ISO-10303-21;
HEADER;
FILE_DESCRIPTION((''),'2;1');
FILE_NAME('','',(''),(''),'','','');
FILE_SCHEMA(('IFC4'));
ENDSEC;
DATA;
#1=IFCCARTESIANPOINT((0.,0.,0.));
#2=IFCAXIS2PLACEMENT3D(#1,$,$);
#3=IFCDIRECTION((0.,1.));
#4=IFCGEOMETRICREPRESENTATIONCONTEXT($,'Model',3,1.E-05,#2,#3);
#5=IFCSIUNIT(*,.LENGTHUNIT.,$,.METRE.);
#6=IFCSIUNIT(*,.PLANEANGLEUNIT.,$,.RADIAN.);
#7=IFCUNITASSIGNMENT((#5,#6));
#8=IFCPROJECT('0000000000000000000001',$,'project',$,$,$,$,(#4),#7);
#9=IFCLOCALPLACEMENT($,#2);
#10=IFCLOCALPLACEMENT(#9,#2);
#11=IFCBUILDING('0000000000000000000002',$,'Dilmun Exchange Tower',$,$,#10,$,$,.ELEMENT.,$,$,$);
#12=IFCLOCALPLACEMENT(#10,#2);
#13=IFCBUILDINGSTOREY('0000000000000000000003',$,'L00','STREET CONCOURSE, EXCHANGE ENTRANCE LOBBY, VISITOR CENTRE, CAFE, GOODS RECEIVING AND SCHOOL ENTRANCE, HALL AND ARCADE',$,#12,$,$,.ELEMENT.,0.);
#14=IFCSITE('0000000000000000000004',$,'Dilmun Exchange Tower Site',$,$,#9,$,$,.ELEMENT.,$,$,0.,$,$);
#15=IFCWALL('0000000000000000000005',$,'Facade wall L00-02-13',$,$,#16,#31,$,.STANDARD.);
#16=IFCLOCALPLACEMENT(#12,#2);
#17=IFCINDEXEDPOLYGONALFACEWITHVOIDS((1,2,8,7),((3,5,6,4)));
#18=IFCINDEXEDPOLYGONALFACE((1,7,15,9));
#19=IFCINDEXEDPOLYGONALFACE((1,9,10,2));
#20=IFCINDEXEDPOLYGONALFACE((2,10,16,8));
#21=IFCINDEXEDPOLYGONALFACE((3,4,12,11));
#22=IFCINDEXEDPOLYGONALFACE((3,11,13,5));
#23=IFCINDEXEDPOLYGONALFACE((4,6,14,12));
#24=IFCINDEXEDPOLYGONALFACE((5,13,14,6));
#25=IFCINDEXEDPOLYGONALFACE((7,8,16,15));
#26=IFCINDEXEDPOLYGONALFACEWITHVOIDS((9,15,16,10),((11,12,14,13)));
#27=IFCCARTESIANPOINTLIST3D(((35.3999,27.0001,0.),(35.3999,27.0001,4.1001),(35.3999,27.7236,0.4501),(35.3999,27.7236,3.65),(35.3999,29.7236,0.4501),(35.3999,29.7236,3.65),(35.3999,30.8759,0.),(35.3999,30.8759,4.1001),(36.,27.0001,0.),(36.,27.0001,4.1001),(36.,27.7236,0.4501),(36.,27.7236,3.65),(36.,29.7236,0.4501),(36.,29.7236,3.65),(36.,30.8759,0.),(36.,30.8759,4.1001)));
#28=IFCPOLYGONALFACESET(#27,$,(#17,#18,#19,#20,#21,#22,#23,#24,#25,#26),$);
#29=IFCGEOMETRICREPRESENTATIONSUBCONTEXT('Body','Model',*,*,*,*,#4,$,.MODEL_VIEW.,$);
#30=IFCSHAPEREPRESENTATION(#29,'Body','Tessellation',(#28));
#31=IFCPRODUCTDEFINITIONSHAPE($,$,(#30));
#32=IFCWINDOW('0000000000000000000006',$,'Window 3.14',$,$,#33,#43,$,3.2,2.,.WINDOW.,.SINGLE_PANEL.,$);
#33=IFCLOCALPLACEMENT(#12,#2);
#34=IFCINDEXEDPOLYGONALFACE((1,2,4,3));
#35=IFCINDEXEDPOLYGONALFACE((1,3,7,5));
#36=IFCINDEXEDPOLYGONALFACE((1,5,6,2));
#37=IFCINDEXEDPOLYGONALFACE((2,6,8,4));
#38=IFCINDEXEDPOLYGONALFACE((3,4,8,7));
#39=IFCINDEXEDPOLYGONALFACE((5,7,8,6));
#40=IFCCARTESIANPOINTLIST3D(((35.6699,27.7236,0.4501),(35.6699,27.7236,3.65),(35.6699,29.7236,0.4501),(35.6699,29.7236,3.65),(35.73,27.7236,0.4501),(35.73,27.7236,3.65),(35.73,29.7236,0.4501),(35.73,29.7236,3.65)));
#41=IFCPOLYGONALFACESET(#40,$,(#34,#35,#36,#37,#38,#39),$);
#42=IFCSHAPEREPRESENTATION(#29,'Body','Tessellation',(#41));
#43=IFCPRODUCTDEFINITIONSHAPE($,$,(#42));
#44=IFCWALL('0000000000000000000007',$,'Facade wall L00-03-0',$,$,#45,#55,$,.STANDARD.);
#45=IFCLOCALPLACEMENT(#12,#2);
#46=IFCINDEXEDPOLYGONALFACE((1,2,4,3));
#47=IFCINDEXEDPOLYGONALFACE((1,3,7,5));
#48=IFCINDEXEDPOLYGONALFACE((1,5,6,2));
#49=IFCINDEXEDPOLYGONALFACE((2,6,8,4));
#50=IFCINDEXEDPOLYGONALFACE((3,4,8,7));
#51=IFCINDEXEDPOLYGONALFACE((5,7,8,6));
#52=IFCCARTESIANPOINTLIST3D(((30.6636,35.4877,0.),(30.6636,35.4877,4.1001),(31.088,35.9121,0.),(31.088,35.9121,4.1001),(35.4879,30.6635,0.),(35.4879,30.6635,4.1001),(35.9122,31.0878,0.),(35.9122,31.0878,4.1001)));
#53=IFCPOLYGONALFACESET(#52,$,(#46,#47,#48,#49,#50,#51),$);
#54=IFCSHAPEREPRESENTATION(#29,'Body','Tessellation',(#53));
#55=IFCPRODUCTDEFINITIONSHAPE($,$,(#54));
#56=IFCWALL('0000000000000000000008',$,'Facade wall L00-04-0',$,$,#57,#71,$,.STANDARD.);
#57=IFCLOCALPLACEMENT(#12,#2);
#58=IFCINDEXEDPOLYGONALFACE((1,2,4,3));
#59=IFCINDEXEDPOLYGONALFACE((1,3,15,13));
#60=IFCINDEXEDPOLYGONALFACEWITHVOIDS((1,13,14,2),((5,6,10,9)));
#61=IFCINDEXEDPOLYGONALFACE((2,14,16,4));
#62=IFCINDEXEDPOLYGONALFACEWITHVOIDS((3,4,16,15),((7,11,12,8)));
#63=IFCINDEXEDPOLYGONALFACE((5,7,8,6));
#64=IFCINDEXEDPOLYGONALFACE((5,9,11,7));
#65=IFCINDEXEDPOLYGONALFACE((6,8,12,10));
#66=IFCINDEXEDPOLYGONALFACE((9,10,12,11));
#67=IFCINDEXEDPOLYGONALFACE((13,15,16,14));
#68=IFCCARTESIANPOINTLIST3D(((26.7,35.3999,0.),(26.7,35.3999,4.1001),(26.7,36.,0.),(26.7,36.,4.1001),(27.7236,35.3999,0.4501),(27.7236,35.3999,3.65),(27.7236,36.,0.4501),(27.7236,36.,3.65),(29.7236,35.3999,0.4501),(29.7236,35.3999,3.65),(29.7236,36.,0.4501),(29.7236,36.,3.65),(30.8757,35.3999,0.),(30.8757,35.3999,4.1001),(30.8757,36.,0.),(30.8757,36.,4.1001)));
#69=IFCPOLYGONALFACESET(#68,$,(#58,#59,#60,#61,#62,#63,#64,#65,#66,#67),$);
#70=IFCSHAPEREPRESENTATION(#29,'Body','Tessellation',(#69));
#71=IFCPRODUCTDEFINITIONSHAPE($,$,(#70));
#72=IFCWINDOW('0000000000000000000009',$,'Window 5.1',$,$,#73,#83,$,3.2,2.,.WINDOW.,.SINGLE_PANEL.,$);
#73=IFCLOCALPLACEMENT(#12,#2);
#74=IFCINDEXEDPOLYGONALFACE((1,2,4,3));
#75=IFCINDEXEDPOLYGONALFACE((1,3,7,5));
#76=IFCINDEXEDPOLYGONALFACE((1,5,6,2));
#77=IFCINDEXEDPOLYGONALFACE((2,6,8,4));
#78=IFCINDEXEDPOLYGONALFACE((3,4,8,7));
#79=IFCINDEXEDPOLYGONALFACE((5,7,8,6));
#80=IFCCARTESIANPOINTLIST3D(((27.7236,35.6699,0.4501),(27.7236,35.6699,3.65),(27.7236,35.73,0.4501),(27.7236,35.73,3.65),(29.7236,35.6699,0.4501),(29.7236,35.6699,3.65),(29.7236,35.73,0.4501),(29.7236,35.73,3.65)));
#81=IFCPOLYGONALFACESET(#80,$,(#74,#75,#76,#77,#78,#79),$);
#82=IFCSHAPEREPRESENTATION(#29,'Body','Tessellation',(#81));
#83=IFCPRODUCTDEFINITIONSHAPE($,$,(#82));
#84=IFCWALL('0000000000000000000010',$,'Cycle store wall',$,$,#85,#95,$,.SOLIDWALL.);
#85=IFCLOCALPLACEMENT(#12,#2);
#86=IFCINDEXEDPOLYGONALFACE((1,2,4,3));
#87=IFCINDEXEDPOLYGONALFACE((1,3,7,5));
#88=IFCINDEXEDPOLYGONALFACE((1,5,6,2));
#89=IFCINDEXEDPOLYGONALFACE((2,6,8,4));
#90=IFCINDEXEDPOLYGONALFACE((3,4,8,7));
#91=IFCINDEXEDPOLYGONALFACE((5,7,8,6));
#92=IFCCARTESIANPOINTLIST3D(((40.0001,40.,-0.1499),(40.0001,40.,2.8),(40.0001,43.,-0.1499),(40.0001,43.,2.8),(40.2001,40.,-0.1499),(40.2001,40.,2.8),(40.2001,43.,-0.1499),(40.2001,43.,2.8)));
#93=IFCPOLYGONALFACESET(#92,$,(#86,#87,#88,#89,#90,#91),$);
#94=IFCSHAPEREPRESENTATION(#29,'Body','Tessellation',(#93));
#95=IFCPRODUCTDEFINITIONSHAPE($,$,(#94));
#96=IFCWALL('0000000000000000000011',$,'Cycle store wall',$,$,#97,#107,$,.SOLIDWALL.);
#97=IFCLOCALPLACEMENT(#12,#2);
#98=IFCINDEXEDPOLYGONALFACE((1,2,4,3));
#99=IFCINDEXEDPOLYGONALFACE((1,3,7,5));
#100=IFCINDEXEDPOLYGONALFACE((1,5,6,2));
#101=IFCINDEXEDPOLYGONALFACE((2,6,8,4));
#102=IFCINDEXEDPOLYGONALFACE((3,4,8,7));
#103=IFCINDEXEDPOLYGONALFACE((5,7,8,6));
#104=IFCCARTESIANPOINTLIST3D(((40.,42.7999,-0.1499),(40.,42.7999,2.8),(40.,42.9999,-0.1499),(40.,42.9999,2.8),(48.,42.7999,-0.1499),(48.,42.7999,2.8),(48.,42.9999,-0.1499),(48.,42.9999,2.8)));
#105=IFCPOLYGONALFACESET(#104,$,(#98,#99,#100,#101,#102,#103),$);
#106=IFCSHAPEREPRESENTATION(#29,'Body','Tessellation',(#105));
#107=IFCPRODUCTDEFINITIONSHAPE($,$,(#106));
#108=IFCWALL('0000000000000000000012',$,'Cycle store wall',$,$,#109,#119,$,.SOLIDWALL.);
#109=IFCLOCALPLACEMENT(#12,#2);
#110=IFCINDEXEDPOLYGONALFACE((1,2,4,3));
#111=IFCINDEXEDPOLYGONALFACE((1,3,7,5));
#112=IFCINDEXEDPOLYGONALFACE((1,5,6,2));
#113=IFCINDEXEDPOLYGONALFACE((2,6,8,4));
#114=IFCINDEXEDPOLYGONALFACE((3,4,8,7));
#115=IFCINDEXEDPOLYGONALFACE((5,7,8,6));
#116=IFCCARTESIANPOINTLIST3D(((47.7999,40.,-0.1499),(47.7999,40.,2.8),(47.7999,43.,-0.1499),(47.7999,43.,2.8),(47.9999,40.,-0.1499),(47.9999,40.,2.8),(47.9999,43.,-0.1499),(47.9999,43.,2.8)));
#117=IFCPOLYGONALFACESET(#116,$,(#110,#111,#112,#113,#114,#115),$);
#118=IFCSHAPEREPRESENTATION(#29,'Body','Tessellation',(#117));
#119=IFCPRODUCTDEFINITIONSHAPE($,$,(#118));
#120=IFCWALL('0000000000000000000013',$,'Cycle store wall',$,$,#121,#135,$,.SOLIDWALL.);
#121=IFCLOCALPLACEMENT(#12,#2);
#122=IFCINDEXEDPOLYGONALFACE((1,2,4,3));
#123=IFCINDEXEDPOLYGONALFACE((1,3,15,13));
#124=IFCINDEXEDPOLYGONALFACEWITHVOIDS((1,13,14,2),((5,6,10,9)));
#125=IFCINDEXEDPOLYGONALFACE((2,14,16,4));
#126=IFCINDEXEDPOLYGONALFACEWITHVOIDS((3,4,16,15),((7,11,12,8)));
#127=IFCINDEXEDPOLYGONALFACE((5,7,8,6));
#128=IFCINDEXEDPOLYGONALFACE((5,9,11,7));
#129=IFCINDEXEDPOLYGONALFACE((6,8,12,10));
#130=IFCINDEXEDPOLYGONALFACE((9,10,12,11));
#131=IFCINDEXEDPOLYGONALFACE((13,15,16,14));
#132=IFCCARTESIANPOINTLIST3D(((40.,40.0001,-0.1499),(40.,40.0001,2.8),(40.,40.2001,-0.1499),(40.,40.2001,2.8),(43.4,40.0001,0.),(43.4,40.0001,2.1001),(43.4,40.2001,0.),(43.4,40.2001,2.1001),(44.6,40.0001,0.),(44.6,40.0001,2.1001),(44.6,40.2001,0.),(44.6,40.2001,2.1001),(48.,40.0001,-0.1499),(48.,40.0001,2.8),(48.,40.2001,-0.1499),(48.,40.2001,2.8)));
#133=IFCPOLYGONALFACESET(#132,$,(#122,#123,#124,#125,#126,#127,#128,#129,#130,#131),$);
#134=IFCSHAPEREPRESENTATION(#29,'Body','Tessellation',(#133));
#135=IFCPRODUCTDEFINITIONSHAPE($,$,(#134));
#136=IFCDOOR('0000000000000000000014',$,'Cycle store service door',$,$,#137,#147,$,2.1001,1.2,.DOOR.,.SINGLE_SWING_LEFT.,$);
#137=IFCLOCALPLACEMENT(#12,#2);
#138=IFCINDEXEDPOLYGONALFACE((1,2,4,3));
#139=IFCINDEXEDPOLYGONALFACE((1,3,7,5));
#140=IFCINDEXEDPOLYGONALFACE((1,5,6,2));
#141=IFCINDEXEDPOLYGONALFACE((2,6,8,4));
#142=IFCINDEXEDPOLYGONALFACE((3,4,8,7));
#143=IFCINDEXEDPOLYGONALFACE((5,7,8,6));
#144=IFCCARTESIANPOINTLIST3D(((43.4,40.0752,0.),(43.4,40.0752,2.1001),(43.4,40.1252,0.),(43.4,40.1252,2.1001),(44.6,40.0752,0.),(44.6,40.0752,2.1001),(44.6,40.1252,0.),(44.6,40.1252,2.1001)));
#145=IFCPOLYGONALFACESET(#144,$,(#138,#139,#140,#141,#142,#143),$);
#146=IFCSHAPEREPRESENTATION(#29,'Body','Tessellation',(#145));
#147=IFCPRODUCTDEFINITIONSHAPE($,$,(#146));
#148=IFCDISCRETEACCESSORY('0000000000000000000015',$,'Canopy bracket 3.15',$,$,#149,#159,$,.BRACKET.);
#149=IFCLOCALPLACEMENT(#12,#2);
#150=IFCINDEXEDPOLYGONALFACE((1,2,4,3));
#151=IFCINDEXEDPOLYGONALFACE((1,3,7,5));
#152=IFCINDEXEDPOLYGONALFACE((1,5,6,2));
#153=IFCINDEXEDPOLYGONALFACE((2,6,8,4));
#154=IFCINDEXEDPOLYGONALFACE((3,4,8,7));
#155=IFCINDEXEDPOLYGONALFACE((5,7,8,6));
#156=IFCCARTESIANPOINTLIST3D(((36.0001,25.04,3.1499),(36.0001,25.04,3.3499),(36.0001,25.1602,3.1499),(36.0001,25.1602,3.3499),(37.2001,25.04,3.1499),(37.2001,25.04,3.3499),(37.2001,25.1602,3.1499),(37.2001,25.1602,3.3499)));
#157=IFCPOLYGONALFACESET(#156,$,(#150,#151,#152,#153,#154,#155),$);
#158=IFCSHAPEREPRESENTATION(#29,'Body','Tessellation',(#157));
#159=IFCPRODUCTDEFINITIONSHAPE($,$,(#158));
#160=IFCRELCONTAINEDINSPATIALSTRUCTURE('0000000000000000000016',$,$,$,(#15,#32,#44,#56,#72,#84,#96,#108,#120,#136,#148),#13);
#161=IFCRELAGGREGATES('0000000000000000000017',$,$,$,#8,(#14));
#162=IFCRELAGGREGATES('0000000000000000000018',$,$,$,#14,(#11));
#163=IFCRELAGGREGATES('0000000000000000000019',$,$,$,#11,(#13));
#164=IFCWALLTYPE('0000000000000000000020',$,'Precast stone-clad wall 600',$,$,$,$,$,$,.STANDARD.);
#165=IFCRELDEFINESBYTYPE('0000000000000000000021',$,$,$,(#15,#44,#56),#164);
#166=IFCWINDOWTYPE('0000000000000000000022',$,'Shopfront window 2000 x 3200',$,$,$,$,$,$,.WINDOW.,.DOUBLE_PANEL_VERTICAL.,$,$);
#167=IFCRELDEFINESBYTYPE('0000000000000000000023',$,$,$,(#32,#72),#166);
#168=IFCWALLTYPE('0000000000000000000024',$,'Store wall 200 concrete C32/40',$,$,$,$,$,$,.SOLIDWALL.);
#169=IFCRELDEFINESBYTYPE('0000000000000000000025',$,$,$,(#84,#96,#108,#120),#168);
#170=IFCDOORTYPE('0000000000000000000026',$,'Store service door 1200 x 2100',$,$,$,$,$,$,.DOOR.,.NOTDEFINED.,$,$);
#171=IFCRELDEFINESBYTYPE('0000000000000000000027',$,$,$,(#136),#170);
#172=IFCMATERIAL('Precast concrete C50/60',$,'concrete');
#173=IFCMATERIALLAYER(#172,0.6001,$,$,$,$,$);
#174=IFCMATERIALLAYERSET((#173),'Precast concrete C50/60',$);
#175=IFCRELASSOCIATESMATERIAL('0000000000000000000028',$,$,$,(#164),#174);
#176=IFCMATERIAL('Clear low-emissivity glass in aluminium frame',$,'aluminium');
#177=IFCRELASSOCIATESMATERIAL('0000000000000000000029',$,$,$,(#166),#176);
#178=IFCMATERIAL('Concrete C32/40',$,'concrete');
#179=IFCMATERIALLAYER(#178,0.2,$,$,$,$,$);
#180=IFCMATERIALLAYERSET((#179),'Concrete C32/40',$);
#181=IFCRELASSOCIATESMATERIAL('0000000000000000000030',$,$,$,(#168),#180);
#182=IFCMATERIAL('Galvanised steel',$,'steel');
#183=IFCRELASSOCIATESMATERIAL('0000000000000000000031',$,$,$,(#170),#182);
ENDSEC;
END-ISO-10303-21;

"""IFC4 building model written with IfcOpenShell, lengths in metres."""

from ifc_helpers import new_model, si_unit, direction, frame, frame_2d, origin, origin_2d, place, context, subcontext, project, spatial, rectangle, extrude, material, layer, layer_set, type_object, element, fill, save


model = new_model("IFC4")

# Units and contexts
model_context = context("Model", 3, precision=1e-05, world=origin(), true_north=direction((0.0, 1.0)))
body_context = subcontext(model_context, "Body", "Model", "MODEL_VIEW")
ifc_project = project(units=[si_unit("LENGTHUNIT", "METRE"), si_unit("PLANEANGLEUNIT", "RADIAN")], contexts=[model_context])

# Site, building, storey
site_placement = place(None, origin())
site = spatial("IfcSite", under=ifc_project, at=site_placement, Name="Dilmun Exchange Tower Site", CompositionType="ELEMENT", RefElevation=0.0)
building_placement = place(site_placement, origin())
building = spatial("IfcBuilding", under=site, at=building_placement, Name="Dilmun Exchange Tower", CompositionType="ELEMENT")
storey_placement = place(building_placement, origin())
storey = spatial("IfcBuildingStorey", under=building, at=storey_placement, Name="L00", Description="STREET CONCOURSE, EXCHANGE ENTRANCE LOBBY, VISITOR CENTRE, CAFE, GOODS RECEIVING AND SCHOOL ENTRANCE, HALL AND ARCADE", CompositionType="ELEMENT", Elevation=0.0)

# Wall, opening, window
ifc_material_1 = material(Name="Precast concrete C50/60", Category="concrete")
ifc_layer_1 = layer(ifc_material_1, 0.6001)
ifc_layer_set_1 = layer_set([ifc_layer_1], Name="Precast concrete C50/60")
wall_type_1 = type_object("IfcWallType", Name="Precast stone-clad wall 600", PredefinedType="STANDARD", material=ifc_layer_set_1)
wall_1_placement = place(storey_placement, frame((35.7, 27.0, 0.0), z_axis=(0.0, 0.0, 1.0), x_axis=(0.0, 1.0, 0.0)))
wall_1 = element("IfcWall", 1, at=wall_1_placement, inside=storey, type_object=wall_type_1, Name="Facade wall L00-02-13", PredefinedType="STANDARD", context=body_context, shape_type="SweptSolid", body=[
    extrude(rectangle(XDim=3.8757, YDim=0.6001, at=frame_2d((1.938, 0.0))), origin(), (0.0, 0.0, 1.0), 4.1001),
])
opening_1_placement = place(wall_1_placement, frame((0.7236, 0.0, 0.45)))
opening_1 = element("IfcOpeningElement", 2, at=opening_1_placement, cuts=wall_1, PredefinedType="OPENING", context=body_context, shape_type="SweptSolid", body=[
    extrude(rectangle(XDim=2.0, YDim=3.2, at=frame_2d((1.0, 1.6001))), frame((0.0, 0.3101, 0.0), z_axis=(0.0, -1.0, 0.0), x_axis=(1.0, 0.0, 0.0)), (0.0, 0.0, 1.0), 0.6201),
])
ifc_material_2 = material(Name="Clear low-emissivity glass in aluminium frame", Category="aluminium")
window_type = type_object("IfcWindowType", Name="Shopfront window 2000 x 3200", PartitioningType="DOUBLE_PANEL_VERTICAL", PredefinedType="WINDOW", material=ifc_material_2)
window_1_placement = place(opening_1_placement, origin())
window_1 = element("IfcWindow", 3, at=window_1_placement, inside=storey, type_object=window_type, Name="Window 3.14", OverallHeight=3.2, OverallWidth=2.0, PartitioningType="SINGLE_PANEL", PredefinedType="WINDOW", context=body_context, shape_type="SweptSolid", body=[
    extrude(rectangle(XDim=2.0, YDim=3.2, at=frame_2d((1.0, 1.6001))), frame((0.0, 0.03, 0.0), z_axis=(0.0, -1.0, 0.0), x_axis=(1.0, 0.0, 0.0)), (0.0, 0.0, 1.0), 0.0601),
])
fill(opening_1, window_1)

# Wall
wall_2_placement = place(storey_placement, frame((35.7, 30.8757, 0.0), z_axis=(0.0, 0.0, 1.0), x_axis=(-0.707107, 0.707107, 0.0)))
element("IfcWall", 4, at=wall_2_placement, inside=storey, type_object=wall_type_1, Name="Facade wall L00-03-0", PredefinedType="STANDARD", context=body_context, shape_type="SweptSolid", body=[
    extrude(rectangle(XDim=6.8225, YDim=0.6001, at=frame_2d((3.4111, 0.0))), origin(), (0.0, 0.0, 1.0), 4.1001),
])

# Wall, opening, window
wall_3_placement = place(storey_placement, frame((30.8757, 35.7, 0.0), z_axis=(0.0, 0.0, 1.0), x_axis=(-1.0, 0.0, 0.0)))
wall_3 = element("IfcWall", 5, at=wall_3_placement, inside=storey, type_object=wall_type_1, Name="Facade wall L00-04-0", PredefinedType="STANDARD", context=body_context, shape_type="SweptSolid", body=[
    extrude(rectangle(XDim=4.1758, YDim=0.6001, at=frame_2d((2.0879, 0.0))), origin(), (0.0, 0.0, 1.0), 4.1001),
])
opening_2_placement = place(wall_3_placement, frame((1.1521, 0.0, 0.45)))
opening_2 = element("IfcOpeningElement", 6, at=opening_2_placement, cuts=wall_3, PredefinedType="OPENING", context=body_context, shape_type="SweptSolid", body=[
    extrude(rectangle(XDim=2.0, YDim=3.2, at=frame_2d((1.0, 1.6001))), frame((0.0, 0.3101, 0.0), z_axis=(0.0, -1.0, 0.0), x_axis=(1.0, 0.0, 0.0)), (0.0, 0.0, 1.0), 0.6201),
])
window_2_placement = place(opening_2_placement, origin())
window_2 = element("IfcWindow", 7, at=window_2_placement, inside=storey, type_object=window_type, Name="Window 5.1", OverallHeight=3.2, OverallWidth=2.0, PartitioningType="SINGLE_PANEL", PredefinedType="WINDOW", context=body_context, shape_type="SweptSolid", body=[
    extrude(rectangle(XDim=2.0, YDim=3.2, at=frame_2d((1.0, 1.6001))), frame((0.0, 0.03, 0.0), z_axis=(0.0, -1.0, 0.0), x_axis=(1.0, 0.0, 0.0)), (0.0, 0.0, 1.0), 0.0601),
])
fill(opening_2, window_2)

# Walls
ifc_material_3 = material(Name="Concrete C32/40", Category="concrete")
ifc_layer_2 = layer(ifc_material_3, 0.2)
ifc_layer_set_2 = layer_set([ifc_layer_2], Name="Concrete C32/40")
wall_type_2 = type_object("IfcWallType", Name="Store wall 200 concrete C32/40", PredefinedType="SOLIDWALL", material=ifc_layer_set_2)
wall_4_placement = place(storey_placement, frame((40.1001, 40.0, -0.1499), z_axis=(0.0, 0.0, 1.0), x_axis=(0.0, 1.0, 0.0)))
element("IfcWall", 8, at=wall_4_placement, inside=storey, type_object=wall_type_2, Name="Cycle store wall", PredefinedType="SOLIDWALL", context=body_context, shape_type="SweptSolid", body=[
    extrude(rectangle(XDim=3.0, YDim=0.2, at=frame_2d((1.5, 0.0))), origin(), (0.0, 0.0, 1.0), 2.95),
])
wall_5_placement = place(storey_placement, frame((40.0, 42.8999, -0.1499), z_axis=(0.0, 0.0, 1.0), x_axis=(1.0, 0.0, 0.0)))
element("IfcWall", 9, at=wall_5_placement, inside=storey, type_object=wall_type_2, Name="Cycle store wall", PredefinedType="SOLIDWALL", context=body_context, shape_type="SweptSolid", body=[
    extrude(rectangle(XDim=8.0, YDim=0.2, at=frame_2d((4.0, 0.0))), origin(), (0.0, 0.0, 1.0), 2.95),
])
wall_6_placement = place(storey_placement, frame((47.8999, 43.0, -0.1499), z_axis=(0.0, 0.0, 1.0), x_axis=(0.0, -1.0, 0.0)))
element("IfcWall", 10, at=wall_6_placement, inside=storey, type_object=wall_type_2, Name="Cycle store wall", PredefinedType="SOLIDWALL", context=body_context, shape_type="SweptSolid", body=[
    extrude(rectangle(XDim=3.0, YDim=0.2, at=frame_2d((1.5, 0.0))), origin(), (0.0, 0.0, 1.0), 2.95),
])

# Wall, opening, door
wall_7_placement = place(storey_placement, frame((48.0, 40.1001, -0.1499), z_axis=(0.0, 0.0, 1.0), x_axis=(-1.0, 0.0, 0.0)))
wall_7 = element("IfcWall", 11, at=wall_7_placement, inside=storey, type_object=wall_type_2, Name="Cycle store wall", PredefinedType="SOLIDWALL", context=body_context, shape_type="SweptSolid", body=[
    extrude(rectangle(XDim=8.0, YDim=0.2, at=frame_2d((4.0, 0.0))), origin(), (0.0, 0.0, 1.0), 2.95),
])
opening_3_placement = place(wall_7_placement, frame((3.3999, 0.0, 0.1499)))
opening_3 = element("IfcOpeningElement", 12, at=opening_3_placement, cuts=wall_7, PredefinedType="OPENING", context=body_context, shape_type="SweptSolid", body=[
    extrude(rectangle(XDim=1.2, YDim=2.1001, at=frame_2d((0.6001, 1.05))), frame((0.0, 0.1099, 0.0), z_axis=(0.0, -1.0, 0.0), x_axis=(1.0, 0.0, 0.0)), (0.0, 0.0, 1.0), 0.22),
])
ifc_material_4 = material(Name="Galvanised steel", Category="steel")
door_type = type_object("IfcDoorType", Name="Store service door 1200 x 2100", OperationType="NOTDEFINED", PredefinedType="DOOR", material=ifc_material_4)
door_placement = place(opening_3_placement, origin())
door = element("IfcDoor", 13, at=door_placement, inside=storey, type_object=door_type, Name="Cycle store service door", OperationType="SINGLE_SWING_LEFT", OverallHeight=2.1001, OverallWidth=1.2, PredefinedType="DOOR", context=body_context, shape_type="SweptSolid", body=[
    extrude(rectangle(XDim=1.2, YDim=2.1001, at=frame_2d((0.6001, 1.05))), frame((0.0, 0.0249, 0.0), z_axis=(0.0, -1.0, 0.0), x_axis=(1.0, 0.0, 0.0)), (0.0, 0.0, 1.0), 0.05),
])
fill(opening_3, door)

# Discrete accessory
discrete_accessory_placement = place(storey_placement, frame((36.6001, 25.1001, 3.1499), z_axis=(0.0, 0.0, 1.0), x_axis=(1.0, 0.0, 0.0)))
element("IfcDiscreteAccessory", 14, at=discrete_accessory_placement, inside=storey, Name="Canopy bracket 3.15", PredefinedType="BRACKET", context=body_context, shape_type="SweptSolid", body=[
    extrude(rectangle(XDim=1.2, YDim=0.1201, at=origin_2d()), origin(), (0.0, 0.0, 1.0), 0.2),
])

save(model, "model.ifc")
